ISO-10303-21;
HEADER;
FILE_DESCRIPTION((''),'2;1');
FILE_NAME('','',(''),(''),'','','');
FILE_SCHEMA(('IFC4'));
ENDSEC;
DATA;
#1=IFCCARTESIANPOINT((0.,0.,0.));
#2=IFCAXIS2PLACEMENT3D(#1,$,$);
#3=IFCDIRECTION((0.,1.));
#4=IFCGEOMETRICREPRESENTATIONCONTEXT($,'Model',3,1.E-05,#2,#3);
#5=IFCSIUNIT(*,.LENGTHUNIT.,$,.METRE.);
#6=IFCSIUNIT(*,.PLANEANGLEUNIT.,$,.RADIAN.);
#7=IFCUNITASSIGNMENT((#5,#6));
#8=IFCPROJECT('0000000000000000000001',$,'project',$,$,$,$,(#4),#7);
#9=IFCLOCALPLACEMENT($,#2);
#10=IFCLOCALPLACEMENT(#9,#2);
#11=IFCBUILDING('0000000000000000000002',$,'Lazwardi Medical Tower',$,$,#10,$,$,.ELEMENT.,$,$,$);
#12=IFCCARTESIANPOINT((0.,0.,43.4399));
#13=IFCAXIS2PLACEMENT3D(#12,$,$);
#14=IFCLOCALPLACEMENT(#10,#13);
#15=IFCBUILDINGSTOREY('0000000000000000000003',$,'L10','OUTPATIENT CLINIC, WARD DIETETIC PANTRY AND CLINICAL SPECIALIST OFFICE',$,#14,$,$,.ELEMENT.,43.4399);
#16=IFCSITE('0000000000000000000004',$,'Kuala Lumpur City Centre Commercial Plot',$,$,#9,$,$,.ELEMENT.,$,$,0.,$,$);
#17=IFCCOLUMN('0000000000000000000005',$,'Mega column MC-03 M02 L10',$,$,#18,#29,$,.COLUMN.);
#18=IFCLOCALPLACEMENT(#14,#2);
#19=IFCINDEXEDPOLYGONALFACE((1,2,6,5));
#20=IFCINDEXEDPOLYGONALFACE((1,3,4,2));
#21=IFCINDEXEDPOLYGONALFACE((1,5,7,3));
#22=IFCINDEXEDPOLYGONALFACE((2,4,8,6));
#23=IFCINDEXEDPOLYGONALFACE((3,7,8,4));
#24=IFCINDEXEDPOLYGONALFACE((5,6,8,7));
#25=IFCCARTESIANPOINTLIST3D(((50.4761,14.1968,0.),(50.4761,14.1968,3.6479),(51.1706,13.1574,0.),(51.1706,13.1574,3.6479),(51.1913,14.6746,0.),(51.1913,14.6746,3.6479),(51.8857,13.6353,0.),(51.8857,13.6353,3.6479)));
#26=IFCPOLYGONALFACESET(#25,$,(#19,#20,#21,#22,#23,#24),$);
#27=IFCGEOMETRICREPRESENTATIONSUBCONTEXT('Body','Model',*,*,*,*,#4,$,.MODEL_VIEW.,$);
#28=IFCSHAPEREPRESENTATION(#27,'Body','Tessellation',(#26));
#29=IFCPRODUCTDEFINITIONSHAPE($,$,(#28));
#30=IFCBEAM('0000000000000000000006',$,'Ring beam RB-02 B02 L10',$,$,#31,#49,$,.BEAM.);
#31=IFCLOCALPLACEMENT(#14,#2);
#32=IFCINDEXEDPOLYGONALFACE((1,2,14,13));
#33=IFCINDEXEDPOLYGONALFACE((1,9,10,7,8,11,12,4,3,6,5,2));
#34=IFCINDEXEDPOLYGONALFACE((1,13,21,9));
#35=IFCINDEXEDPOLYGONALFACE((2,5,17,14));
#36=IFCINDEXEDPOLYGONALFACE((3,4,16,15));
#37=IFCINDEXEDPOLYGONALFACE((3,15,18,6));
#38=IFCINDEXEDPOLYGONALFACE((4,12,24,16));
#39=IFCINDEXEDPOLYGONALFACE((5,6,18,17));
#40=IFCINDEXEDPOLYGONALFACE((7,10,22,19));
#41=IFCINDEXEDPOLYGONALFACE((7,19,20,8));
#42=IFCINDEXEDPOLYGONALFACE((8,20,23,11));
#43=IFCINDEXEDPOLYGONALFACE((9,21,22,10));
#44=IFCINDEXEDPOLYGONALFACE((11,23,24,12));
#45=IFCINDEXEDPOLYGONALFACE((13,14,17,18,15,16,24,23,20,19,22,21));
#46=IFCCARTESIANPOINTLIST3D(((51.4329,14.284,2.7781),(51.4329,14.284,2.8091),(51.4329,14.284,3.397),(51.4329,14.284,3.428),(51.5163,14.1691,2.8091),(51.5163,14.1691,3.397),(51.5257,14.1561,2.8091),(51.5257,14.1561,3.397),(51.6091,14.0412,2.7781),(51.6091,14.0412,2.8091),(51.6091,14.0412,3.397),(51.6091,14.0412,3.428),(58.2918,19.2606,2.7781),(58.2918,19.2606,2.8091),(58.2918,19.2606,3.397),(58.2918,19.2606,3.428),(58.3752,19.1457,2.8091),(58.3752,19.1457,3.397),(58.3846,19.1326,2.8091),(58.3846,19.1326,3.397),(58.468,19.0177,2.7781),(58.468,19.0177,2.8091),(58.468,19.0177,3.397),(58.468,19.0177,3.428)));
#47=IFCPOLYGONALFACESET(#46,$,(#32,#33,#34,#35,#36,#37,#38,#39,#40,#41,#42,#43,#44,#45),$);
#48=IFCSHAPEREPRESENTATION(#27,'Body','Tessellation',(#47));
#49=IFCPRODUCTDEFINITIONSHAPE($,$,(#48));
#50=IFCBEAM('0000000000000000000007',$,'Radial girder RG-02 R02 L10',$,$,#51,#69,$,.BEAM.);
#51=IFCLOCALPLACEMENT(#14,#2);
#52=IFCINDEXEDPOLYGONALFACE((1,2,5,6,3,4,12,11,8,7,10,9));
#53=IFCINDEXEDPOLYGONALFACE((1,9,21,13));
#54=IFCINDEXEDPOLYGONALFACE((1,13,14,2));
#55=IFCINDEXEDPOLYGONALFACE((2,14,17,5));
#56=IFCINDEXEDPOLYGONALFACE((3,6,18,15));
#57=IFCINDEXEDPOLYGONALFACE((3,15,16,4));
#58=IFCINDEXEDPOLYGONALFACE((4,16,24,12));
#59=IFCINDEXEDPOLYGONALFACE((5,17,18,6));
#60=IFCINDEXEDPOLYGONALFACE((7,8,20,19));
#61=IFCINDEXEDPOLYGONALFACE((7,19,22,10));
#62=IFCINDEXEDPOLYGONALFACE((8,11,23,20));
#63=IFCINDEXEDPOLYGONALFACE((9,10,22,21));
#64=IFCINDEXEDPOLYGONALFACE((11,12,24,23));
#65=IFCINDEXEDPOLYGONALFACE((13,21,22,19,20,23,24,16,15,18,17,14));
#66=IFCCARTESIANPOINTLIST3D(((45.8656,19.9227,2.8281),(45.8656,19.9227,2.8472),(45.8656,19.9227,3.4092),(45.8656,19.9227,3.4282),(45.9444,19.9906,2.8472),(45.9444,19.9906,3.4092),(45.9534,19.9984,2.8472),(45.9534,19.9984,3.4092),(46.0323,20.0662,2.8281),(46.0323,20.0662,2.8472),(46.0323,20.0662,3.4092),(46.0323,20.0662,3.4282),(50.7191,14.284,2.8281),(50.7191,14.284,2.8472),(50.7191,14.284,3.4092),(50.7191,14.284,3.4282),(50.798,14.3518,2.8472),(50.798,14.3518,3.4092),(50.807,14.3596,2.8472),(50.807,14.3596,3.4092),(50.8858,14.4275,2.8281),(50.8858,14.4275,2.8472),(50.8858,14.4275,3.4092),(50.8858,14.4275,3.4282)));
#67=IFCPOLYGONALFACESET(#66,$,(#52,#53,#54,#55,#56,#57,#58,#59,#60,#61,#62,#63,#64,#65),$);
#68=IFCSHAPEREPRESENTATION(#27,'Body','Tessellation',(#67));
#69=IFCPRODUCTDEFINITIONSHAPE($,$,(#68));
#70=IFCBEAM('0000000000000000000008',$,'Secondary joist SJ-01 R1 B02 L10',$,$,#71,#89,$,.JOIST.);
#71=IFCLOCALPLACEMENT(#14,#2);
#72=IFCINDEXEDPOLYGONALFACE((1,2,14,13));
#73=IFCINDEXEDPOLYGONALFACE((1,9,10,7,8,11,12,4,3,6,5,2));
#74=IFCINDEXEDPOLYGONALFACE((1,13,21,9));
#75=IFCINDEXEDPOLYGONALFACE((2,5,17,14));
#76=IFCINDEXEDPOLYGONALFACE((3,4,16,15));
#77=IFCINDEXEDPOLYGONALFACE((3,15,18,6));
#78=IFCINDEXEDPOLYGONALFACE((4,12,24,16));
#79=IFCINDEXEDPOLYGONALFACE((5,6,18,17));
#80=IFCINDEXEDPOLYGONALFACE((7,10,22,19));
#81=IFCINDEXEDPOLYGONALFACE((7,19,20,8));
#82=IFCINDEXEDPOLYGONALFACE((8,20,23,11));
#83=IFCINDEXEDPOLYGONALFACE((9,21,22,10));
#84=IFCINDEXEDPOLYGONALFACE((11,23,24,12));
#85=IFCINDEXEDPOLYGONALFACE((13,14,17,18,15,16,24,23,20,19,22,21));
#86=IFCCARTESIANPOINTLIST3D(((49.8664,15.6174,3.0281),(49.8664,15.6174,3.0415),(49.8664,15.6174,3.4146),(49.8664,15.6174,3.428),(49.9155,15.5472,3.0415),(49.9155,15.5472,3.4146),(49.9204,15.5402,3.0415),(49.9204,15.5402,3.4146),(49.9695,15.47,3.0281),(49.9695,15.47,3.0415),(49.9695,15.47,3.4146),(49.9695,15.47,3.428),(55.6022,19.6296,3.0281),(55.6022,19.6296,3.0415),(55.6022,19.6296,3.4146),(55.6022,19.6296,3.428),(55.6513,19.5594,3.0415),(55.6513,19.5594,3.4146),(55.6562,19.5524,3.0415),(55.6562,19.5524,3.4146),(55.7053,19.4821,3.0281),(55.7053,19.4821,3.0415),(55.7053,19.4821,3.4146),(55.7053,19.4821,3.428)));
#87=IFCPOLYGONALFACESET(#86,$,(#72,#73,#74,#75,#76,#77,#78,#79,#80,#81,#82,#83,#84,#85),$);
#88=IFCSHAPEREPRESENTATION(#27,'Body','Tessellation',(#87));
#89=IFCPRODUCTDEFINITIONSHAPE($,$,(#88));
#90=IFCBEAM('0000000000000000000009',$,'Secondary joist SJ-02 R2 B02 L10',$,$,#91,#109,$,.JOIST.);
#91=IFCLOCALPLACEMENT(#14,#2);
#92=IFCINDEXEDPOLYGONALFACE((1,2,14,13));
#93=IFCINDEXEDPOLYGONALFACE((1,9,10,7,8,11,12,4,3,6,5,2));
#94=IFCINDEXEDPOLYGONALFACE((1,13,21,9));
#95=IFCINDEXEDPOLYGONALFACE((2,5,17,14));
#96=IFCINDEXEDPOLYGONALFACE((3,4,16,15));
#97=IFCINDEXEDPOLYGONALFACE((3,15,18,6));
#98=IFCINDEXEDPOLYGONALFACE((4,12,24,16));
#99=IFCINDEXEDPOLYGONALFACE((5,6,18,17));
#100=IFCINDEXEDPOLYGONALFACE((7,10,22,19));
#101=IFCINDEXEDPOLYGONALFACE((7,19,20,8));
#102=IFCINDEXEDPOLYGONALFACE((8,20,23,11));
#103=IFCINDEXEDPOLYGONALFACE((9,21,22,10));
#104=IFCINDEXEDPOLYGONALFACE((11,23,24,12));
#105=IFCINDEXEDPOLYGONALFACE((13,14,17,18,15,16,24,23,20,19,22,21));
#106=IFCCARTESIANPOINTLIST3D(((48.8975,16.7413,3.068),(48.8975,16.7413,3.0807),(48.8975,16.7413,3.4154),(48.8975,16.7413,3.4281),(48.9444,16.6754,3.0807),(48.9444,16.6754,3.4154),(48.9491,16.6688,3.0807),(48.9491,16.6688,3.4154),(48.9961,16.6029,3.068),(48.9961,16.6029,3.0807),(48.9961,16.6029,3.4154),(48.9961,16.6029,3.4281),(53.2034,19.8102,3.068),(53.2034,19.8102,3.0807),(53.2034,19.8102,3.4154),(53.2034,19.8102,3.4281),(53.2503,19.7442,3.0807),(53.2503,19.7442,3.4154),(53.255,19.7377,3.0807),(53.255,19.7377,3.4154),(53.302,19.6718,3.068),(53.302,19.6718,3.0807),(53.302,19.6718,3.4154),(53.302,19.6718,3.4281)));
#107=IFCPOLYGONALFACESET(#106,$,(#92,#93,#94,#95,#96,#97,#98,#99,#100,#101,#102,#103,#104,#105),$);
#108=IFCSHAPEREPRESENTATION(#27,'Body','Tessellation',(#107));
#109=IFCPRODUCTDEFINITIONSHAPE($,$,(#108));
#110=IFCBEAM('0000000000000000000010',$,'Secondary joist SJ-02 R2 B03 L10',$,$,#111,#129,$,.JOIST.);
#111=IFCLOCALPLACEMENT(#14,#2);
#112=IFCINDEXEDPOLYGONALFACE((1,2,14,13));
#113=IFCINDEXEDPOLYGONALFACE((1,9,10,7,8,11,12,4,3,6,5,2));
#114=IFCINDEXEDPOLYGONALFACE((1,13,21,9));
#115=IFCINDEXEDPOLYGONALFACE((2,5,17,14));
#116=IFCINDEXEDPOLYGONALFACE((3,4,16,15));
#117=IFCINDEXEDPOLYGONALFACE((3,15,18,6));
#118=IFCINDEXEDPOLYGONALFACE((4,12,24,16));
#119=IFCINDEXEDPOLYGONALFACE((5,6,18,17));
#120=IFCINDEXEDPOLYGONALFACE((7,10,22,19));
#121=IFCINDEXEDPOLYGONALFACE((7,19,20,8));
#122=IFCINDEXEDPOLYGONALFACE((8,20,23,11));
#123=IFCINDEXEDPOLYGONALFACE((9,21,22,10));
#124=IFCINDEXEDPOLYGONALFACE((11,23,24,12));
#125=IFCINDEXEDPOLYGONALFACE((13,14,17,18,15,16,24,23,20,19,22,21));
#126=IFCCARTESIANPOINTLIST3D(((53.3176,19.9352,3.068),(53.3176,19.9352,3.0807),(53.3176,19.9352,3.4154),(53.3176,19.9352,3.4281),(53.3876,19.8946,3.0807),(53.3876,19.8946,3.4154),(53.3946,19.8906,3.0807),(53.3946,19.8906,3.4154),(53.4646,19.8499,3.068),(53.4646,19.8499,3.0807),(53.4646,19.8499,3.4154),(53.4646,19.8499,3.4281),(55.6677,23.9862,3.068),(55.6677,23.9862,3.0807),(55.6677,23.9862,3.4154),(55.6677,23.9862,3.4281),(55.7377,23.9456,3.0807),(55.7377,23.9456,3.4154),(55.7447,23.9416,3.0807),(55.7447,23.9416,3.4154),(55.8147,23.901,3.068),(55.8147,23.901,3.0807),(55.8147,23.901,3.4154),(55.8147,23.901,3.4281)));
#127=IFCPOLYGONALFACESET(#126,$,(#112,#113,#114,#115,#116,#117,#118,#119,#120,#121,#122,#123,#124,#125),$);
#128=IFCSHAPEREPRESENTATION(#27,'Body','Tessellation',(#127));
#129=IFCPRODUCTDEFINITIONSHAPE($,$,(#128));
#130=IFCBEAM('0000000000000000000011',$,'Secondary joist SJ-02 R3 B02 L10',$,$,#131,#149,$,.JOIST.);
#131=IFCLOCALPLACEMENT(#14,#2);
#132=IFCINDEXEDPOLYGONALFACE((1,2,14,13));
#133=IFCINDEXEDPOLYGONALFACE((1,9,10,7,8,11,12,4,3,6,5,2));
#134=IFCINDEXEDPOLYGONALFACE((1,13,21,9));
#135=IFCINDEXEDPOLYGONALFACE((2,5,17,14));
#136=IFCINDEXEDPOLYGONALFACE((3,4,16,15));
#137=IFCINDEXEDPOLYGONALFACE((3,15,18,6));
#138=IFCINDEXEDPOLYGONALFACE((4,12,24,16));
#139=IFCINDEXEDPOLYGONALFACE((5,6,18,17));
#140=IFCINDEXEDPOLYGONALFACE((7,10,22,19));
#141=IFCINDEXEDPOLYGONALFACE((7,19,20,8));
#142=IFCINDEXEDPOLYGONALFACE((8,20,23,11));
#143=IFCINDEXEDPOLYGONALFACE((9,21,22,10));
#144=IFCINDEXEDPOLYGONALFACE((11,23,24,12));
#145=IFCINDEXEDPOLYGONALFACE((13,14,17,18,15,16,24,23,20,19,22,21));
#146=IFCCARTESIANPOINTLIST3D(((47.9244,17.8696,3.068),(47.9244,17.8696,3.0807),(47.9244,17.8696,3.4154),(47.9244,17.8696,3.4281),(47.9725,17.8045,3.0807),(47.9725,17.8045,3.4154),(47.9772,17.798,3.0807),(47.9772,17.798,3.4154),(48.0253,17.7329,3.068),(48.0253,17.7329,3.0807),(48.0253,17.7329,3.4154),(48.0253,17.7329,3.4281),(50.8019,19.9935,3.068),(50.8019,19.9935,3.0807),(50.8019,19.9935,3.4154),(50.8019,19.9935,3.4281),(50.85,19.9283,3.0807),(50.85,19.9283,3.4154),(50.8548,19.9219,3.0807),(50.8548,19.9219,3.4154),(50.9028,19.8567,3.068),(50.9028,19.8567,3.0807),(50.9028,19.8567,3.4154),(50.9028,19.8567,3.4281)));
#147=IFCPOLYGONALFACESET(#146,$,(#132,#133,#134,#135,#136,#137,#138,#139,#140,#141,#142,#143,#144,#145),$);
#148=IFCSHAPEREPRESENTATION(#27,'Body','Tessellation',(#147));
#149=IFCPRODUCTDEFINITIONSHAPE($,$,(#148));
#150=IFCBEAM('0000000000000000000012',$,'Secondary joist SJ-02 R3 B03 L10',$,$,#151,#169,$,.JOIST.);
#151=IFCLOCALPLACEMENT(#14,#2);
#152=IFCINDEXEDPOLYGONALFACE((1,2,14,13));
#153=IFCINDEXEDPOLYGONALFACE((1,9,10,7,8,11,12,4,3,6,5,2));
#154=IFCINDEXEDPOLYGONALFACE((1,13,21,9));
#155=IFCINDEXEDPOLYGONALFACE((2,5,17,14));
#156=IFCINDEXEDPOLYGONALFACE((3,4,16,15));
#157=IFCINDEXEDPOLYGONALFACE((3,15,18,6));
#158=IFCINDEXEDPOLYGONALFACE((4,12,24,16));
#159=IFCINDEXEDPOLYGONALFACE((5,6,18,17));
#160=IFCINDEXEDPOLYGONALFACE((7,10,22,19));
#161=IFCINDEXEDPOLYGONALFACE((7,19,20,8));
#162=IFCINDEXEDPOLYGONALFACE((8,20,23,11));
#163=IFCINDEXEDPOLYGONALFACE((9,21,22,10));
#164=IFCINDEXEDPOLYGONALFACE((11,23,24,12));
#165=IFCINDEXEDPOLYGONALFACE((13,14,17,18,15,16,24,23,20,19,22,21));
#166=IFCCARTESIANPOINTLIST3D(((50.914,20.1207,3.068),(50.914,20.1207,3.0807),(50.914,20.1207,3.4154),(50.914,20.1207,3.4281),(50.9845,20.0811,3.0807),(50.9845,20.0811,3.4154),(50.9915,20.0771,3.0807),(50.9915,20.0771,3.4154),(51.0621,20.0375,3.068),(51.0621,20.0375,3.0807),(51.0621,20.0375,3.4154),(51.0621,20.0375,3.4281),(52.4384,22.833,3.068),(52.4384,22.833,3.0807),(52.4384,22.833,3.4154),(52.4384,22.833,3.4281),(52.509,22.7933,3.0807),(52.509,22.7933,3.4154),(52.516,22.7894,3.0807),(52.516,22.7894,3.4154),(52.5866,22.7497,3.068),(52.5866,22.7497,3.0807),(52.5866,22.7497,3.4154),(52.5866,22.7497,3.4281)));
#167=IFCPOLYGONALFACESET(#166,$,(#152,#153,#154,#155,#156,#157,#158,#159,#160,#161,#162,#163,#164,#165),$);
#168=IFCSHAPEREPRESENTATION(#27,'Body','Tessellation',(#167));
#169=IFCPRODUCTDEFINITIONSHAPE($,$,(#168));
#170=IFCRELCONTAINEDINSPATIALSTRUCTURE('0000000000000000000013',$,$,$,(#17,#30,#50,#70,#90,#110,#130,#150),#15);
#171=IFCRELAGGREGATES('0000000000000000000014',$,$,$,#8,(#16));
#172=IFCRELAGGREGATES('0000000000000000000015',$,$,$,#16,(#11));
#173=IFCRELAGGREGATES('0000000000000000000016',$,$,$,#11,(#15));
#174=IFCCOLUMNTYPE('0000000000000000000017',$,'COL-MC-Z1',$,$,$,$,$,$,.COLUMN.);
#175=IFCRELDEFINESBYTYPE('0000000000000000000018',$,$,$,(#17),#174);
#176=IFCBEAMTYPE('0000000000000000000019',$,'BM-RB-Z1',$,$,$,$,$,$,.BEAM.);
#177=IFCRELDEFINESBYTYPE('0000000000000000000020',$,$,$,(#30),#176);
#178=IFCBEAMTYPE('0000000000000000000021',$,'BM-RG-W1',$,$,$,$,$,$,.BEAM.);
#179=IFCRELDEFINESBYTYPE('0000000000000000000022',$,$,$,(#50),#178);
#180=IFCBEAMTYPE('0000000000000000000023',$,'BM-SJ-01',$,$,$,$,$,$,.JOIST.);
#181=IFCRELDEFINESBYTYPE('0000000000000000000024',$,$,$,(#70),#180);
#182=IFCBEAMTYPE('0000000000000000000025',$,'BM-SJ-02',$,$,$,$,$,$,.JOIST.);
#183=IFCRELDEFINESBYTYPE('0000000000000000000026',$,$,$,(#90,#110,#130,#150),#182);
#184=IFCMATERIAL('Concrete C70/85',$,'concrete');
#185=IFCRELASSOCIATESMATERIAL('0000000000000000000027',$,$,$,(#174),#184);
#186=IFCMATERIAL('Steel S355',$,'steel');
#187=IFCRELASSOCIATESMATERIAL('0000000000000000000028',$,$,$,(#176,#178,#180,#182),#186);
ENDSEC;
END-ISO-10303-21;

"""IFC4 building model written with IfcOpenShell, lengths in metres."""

from ifc_helpers import new_model, si_unit, direction, frame, origin, origin_2d, place, context, subcontext, project, spatial, rectangle, i_section, extrude, material, material_profile, profile_set, type_object, element, save


model = new_model("IFC4")

# Units and contexts
model_context = context("Model", 3, precision=1e-05, world=origin(), true_north=direction((0.0, 1.0)))
body_context = subcontext(model_context, "Body", "Model", "MODEL_VIEW")
ifc_project = project(units=[si_unit("LENGTHUNIT", "METRE"), si_unit("PLANEANGLEUNIT", "RADIAN")], contexts=[model_context])

# Site, building, storey
site_placement = place(None, origin())
site = spatial("IfcSite", under=ifc_project, at=site_placement, Name="Kuala Lumpur City Centre Commercial Plot", CompositionType="ELEMENT", RefElevation=0.0)
building_placement = place(site_placement, origin())
building = spatial("IfcBuilding", under=site, at=building_placement, Name="Lazwardi Medical Tower", CompositionType="ELEMENT")
storey_placement = place(building_placement, frame((0.0, 0.0, 43.4399)))
storey = spatial("IfcBuildingStorey", under=building, at=storey_placement, Name="L10", Description="OUTPATIENT CLINIC, WARD DIETETIC PANTRY AND CLINICAL SPECIALIST OFFICE", CompositionType="ELEMENT", Elevation=43.4399)

# Column
ifc_material_1 = material(Name="Concrete C70/85", Category="concrete")
ifc_material_profile_1 = material_profile(ifc_material_1, rectangle(XDim=1.25, YDim=0.8601, at=origin_2d()), Name="CFT-RECT 1250x860")
ifc_profile_set_1 = profile_set([ifc_material_profile_1], Name="Concrete C70/85")
column_type = type_object("IfcColumnType", Name="COL-MC-Z1", PredefinedType="COLUMN", material=ifc_profile_set_1)
column_placement = place(storey_placement, frame((51.1809, 13.916, 0.0), z_axis=(0.0, 0.0, 1.0), x_axis=(0.55557, -0.83147, 0.0)))
element("IfcColumn", 1, at=column_placement, inside=storey, type_object=column_type, Name="Mega column MC-03 M02 L10", PredefinedType="COLUMN", context=body_context, shape_type="SweptSolid", body=[
    extrude(rectangle(XDim=1.25, YDim=0.8601, at=origin_2d()), origin(), (0.0, 0.0, 1.0), 3.6479),
])

# Beams
ifc_material_2 = material(Name="Steel S355", Category="steel")
ifc_material_profile_2 = material_profile(ifc_material_2, i_section(OverallWidth=0.3, OverallDepth=0.6499, WebThickness=0.0161, FlangeThickness=0.031, at=origin_2d()), Name="HEB 650")
ifc_profile_set_2 = profile_set([ifc_material_profile_2], Name="Steel S355")
beam_type_1 = type_object("IfcBeamType", Name="BM-RB-Z1", PredefinedType="BEAM", material=ifc_profile_set_2)
beam_1_placement = place(storey_placement, frame((51.521, 14.1626, 3.103), z_axis=(0.809393, 0.587267, 0.0), x_axis=(-0.587267, 0.809393, 0.0)))
element("IfcBeam", 2, at=beam_1_placement, inside=storey, type_object=beam_type_1, Name="Ring beam RB-02 B02 L10", PredefinedType="BEAM", context=body_context, shape_type="SweptSolid", body=[
    extrude(i_section(OverallWidth=0.3, OverallDepth=0.6499, WebThickness=0.0161, FlangeThickness=0.031, at=origin_2d()), origin(), (0.0, 0.0, 1.0), 8.4741),
])
ifc_material_profile_3 = material_profile(ifc_material_2, i_section(OverallWidth=0.22, OverallDepth=0.6001, WebThickness=0.012, FlangeThickness=0.019, at=origin_2d()), Name="IPE 600")
ifc_profile_set_3 = profile_set([ifc_material_profile_3], Name="Steel S355")
beam_type_2 = type_object("IfcBeamType", Name="BM-RG-W1", PredefinedType="BEAM", material=ifc_profile_set_3)
beam_2_placement = place(storey_placement, frame((50.8025, 14.3557, 3.1282), z_axis=(-0.652368, 0.757902, 0.0), x_axis=(-0.757902, -0.652368, 0.0)))
element("IfcBeam", 3, at=beam_2_placement, inside=storey, type_object=beam_type_2, Name="Radial girder RG-02 R02 L10", PredefinedType="BEAM", context=body_context, shape_type="SweptSolid", body=[
    extrude(i_section(OverallWidth=0.22, OverallDepth=0.6001, WebThickness=0.012, FlangeThickness=0.019, at=origin_2d()), origin(), (0.0, 0.0, 1.0), 7.4399),
])
ifc_material_profile_4 = material_profile(ifc_material_2, i_section(OverallWidth=0.1799, OverallDepth=0.3999, WebThickness=0.0085, FlangeThickness=0.0134, at=origin_2d()), Name="IPE 400")
ifc_profile_set_4 = profile_set([ifc_material_profile_4], Name="Steel S355")
beam_type_3 = type_object("IfcBeamType", Name="BM-SJ-01", PredefinedType="JOIST", material=ifc_profile_set_4)
beam_3_placement = place(storey_placement, frame((49.918, 15.5437, 3.228), z_axis=(0.819425, 0.573186, 0.0), x_axis=(-0.573186, 0.819425, 0.0)))
element("IfcBeam", 4, at=beam_3_placement, inside=storey, type_object=beam_type_3, Name="Secondary joist SJ-01 R1 B02 L10", PredefinedType="JOIST", context=body_context, shape_type="SweptSolid", body=[
    extrude(i_section(OverallWidth=0.1799, OverallDepth=0.3999, WebThickness=0.0085, FlangeThickness=0.0134, at=origin_2d()), origin(), (0.0, 0.0, 1.0), 6.9998),
])
ifc_material_profile_5 = material_profile(ifc_material_2, i_section(OverallWidth=0.1699, OverallDepth=0.3601, WebThickness=0.0081, FlangeThickness=0.0127, at=origin_2d()), Name="IPE 360")
ifc_profile_set_5 = profile_set([ifc_material_profile_5], Name="Steel S355")
beam_type_4 = type_object("IfcBeamType", Name="BM-SJ-02", PredefinedType="JOIST", material=ifc_profile_set_5)
beam_4_placement = place(storey_placement, frame((48.9468, 16.6721, 3.248), z_axis=(0.814341, 0.580386, 0.0), x_axis=(-0.580386, 0.814341, 0.0)))
element("IfcBeam", 5, at=beam_4_placement, inside=storey, type_object=beam_type_4, Name="Secondary joist SJ-02 R2 B02 L10", PredefinedType="JOIST", context=body_context, shape_type="SweptSolid", body=[
    extrude(i_section(OverallWidth=0.1699, OverallDepth=0.3601, WebThickness=0.0081, FlangeThickness=0.0127, at=origin_2d()), origin(), (0.0, 0.0, 1.0), 5.2876),
])
beam_5_placement = place(storey_placement, frame((53.3911, 19.8926, 3.248), z_axis=(0.501798, 0.864985, 0.0), x_axis=(-0.864985, 0.501798, 0.0)))
element("IfcBeam", 6, at=beam_5_placement, inside=storey, type_object=beam_type_4, Name="Secondary joist SJ-02 R2 B03 L10", PredefinedType="JOIST", context=body_context, shape_type="SweptSolid", body=[
    extrude(i_section(OverallWidth=0.1699, OverallDepth=0.3601, WebThickness=0.0081, FlangeThickness=0.0127, at=origin_2d()), origin(), (0.0, 0.0, 1.0), 4.6833),
])
beam_6_placement = place(storey_placement, frame((47.9749, 17.8013, 3.248), z_axis=(0.80458, 0.593844, 0.0), x_axis=(-0.593844, 0.80458, 0.0)))
element("IfcBeam", 7, at=beam_6_placement, inside=storey, type_object=beam_type_4, Name="Secondary joist SJ-02 R3 B02 L10", PredefinedType="JOIST", context=body_context, shape_type="SweptSolid", body=[
    extrude(i_section(OverallWidth=0.1699, OverallDepth=0.3601, WebThickness=0.0081, FlangeThickness=0.0127, at=origin_2d()), origin(), (0.0, 0.0, 1.0), 3.5764),
])
beam_7_placement = place(storey_placement, frame((50.988, 20.0791, 3.248), z_axis=(0.489974, 0.871737, 0.0), x_axis=(-0.871737, 0.489974, 0.0)))
element("IfcBeam", 8, at=beam_7_placement, inside=storey, type_object=beam_type_4, Name="Secondary joist SJ-02 R3 B03 L10", PredefinedType="JOIST", context=body_context, shape_type="SweptSolid", body=[
    extrude(i_section(OverallWidth=0.1699, OverallDepth=0.3601, WebThickness=0.0081, FlangeThickness=0.0127, at=origin_2d()), origin(), (0.0, 0.0, 1.0), 3.1113),
])

save(model, "model.ifc")
